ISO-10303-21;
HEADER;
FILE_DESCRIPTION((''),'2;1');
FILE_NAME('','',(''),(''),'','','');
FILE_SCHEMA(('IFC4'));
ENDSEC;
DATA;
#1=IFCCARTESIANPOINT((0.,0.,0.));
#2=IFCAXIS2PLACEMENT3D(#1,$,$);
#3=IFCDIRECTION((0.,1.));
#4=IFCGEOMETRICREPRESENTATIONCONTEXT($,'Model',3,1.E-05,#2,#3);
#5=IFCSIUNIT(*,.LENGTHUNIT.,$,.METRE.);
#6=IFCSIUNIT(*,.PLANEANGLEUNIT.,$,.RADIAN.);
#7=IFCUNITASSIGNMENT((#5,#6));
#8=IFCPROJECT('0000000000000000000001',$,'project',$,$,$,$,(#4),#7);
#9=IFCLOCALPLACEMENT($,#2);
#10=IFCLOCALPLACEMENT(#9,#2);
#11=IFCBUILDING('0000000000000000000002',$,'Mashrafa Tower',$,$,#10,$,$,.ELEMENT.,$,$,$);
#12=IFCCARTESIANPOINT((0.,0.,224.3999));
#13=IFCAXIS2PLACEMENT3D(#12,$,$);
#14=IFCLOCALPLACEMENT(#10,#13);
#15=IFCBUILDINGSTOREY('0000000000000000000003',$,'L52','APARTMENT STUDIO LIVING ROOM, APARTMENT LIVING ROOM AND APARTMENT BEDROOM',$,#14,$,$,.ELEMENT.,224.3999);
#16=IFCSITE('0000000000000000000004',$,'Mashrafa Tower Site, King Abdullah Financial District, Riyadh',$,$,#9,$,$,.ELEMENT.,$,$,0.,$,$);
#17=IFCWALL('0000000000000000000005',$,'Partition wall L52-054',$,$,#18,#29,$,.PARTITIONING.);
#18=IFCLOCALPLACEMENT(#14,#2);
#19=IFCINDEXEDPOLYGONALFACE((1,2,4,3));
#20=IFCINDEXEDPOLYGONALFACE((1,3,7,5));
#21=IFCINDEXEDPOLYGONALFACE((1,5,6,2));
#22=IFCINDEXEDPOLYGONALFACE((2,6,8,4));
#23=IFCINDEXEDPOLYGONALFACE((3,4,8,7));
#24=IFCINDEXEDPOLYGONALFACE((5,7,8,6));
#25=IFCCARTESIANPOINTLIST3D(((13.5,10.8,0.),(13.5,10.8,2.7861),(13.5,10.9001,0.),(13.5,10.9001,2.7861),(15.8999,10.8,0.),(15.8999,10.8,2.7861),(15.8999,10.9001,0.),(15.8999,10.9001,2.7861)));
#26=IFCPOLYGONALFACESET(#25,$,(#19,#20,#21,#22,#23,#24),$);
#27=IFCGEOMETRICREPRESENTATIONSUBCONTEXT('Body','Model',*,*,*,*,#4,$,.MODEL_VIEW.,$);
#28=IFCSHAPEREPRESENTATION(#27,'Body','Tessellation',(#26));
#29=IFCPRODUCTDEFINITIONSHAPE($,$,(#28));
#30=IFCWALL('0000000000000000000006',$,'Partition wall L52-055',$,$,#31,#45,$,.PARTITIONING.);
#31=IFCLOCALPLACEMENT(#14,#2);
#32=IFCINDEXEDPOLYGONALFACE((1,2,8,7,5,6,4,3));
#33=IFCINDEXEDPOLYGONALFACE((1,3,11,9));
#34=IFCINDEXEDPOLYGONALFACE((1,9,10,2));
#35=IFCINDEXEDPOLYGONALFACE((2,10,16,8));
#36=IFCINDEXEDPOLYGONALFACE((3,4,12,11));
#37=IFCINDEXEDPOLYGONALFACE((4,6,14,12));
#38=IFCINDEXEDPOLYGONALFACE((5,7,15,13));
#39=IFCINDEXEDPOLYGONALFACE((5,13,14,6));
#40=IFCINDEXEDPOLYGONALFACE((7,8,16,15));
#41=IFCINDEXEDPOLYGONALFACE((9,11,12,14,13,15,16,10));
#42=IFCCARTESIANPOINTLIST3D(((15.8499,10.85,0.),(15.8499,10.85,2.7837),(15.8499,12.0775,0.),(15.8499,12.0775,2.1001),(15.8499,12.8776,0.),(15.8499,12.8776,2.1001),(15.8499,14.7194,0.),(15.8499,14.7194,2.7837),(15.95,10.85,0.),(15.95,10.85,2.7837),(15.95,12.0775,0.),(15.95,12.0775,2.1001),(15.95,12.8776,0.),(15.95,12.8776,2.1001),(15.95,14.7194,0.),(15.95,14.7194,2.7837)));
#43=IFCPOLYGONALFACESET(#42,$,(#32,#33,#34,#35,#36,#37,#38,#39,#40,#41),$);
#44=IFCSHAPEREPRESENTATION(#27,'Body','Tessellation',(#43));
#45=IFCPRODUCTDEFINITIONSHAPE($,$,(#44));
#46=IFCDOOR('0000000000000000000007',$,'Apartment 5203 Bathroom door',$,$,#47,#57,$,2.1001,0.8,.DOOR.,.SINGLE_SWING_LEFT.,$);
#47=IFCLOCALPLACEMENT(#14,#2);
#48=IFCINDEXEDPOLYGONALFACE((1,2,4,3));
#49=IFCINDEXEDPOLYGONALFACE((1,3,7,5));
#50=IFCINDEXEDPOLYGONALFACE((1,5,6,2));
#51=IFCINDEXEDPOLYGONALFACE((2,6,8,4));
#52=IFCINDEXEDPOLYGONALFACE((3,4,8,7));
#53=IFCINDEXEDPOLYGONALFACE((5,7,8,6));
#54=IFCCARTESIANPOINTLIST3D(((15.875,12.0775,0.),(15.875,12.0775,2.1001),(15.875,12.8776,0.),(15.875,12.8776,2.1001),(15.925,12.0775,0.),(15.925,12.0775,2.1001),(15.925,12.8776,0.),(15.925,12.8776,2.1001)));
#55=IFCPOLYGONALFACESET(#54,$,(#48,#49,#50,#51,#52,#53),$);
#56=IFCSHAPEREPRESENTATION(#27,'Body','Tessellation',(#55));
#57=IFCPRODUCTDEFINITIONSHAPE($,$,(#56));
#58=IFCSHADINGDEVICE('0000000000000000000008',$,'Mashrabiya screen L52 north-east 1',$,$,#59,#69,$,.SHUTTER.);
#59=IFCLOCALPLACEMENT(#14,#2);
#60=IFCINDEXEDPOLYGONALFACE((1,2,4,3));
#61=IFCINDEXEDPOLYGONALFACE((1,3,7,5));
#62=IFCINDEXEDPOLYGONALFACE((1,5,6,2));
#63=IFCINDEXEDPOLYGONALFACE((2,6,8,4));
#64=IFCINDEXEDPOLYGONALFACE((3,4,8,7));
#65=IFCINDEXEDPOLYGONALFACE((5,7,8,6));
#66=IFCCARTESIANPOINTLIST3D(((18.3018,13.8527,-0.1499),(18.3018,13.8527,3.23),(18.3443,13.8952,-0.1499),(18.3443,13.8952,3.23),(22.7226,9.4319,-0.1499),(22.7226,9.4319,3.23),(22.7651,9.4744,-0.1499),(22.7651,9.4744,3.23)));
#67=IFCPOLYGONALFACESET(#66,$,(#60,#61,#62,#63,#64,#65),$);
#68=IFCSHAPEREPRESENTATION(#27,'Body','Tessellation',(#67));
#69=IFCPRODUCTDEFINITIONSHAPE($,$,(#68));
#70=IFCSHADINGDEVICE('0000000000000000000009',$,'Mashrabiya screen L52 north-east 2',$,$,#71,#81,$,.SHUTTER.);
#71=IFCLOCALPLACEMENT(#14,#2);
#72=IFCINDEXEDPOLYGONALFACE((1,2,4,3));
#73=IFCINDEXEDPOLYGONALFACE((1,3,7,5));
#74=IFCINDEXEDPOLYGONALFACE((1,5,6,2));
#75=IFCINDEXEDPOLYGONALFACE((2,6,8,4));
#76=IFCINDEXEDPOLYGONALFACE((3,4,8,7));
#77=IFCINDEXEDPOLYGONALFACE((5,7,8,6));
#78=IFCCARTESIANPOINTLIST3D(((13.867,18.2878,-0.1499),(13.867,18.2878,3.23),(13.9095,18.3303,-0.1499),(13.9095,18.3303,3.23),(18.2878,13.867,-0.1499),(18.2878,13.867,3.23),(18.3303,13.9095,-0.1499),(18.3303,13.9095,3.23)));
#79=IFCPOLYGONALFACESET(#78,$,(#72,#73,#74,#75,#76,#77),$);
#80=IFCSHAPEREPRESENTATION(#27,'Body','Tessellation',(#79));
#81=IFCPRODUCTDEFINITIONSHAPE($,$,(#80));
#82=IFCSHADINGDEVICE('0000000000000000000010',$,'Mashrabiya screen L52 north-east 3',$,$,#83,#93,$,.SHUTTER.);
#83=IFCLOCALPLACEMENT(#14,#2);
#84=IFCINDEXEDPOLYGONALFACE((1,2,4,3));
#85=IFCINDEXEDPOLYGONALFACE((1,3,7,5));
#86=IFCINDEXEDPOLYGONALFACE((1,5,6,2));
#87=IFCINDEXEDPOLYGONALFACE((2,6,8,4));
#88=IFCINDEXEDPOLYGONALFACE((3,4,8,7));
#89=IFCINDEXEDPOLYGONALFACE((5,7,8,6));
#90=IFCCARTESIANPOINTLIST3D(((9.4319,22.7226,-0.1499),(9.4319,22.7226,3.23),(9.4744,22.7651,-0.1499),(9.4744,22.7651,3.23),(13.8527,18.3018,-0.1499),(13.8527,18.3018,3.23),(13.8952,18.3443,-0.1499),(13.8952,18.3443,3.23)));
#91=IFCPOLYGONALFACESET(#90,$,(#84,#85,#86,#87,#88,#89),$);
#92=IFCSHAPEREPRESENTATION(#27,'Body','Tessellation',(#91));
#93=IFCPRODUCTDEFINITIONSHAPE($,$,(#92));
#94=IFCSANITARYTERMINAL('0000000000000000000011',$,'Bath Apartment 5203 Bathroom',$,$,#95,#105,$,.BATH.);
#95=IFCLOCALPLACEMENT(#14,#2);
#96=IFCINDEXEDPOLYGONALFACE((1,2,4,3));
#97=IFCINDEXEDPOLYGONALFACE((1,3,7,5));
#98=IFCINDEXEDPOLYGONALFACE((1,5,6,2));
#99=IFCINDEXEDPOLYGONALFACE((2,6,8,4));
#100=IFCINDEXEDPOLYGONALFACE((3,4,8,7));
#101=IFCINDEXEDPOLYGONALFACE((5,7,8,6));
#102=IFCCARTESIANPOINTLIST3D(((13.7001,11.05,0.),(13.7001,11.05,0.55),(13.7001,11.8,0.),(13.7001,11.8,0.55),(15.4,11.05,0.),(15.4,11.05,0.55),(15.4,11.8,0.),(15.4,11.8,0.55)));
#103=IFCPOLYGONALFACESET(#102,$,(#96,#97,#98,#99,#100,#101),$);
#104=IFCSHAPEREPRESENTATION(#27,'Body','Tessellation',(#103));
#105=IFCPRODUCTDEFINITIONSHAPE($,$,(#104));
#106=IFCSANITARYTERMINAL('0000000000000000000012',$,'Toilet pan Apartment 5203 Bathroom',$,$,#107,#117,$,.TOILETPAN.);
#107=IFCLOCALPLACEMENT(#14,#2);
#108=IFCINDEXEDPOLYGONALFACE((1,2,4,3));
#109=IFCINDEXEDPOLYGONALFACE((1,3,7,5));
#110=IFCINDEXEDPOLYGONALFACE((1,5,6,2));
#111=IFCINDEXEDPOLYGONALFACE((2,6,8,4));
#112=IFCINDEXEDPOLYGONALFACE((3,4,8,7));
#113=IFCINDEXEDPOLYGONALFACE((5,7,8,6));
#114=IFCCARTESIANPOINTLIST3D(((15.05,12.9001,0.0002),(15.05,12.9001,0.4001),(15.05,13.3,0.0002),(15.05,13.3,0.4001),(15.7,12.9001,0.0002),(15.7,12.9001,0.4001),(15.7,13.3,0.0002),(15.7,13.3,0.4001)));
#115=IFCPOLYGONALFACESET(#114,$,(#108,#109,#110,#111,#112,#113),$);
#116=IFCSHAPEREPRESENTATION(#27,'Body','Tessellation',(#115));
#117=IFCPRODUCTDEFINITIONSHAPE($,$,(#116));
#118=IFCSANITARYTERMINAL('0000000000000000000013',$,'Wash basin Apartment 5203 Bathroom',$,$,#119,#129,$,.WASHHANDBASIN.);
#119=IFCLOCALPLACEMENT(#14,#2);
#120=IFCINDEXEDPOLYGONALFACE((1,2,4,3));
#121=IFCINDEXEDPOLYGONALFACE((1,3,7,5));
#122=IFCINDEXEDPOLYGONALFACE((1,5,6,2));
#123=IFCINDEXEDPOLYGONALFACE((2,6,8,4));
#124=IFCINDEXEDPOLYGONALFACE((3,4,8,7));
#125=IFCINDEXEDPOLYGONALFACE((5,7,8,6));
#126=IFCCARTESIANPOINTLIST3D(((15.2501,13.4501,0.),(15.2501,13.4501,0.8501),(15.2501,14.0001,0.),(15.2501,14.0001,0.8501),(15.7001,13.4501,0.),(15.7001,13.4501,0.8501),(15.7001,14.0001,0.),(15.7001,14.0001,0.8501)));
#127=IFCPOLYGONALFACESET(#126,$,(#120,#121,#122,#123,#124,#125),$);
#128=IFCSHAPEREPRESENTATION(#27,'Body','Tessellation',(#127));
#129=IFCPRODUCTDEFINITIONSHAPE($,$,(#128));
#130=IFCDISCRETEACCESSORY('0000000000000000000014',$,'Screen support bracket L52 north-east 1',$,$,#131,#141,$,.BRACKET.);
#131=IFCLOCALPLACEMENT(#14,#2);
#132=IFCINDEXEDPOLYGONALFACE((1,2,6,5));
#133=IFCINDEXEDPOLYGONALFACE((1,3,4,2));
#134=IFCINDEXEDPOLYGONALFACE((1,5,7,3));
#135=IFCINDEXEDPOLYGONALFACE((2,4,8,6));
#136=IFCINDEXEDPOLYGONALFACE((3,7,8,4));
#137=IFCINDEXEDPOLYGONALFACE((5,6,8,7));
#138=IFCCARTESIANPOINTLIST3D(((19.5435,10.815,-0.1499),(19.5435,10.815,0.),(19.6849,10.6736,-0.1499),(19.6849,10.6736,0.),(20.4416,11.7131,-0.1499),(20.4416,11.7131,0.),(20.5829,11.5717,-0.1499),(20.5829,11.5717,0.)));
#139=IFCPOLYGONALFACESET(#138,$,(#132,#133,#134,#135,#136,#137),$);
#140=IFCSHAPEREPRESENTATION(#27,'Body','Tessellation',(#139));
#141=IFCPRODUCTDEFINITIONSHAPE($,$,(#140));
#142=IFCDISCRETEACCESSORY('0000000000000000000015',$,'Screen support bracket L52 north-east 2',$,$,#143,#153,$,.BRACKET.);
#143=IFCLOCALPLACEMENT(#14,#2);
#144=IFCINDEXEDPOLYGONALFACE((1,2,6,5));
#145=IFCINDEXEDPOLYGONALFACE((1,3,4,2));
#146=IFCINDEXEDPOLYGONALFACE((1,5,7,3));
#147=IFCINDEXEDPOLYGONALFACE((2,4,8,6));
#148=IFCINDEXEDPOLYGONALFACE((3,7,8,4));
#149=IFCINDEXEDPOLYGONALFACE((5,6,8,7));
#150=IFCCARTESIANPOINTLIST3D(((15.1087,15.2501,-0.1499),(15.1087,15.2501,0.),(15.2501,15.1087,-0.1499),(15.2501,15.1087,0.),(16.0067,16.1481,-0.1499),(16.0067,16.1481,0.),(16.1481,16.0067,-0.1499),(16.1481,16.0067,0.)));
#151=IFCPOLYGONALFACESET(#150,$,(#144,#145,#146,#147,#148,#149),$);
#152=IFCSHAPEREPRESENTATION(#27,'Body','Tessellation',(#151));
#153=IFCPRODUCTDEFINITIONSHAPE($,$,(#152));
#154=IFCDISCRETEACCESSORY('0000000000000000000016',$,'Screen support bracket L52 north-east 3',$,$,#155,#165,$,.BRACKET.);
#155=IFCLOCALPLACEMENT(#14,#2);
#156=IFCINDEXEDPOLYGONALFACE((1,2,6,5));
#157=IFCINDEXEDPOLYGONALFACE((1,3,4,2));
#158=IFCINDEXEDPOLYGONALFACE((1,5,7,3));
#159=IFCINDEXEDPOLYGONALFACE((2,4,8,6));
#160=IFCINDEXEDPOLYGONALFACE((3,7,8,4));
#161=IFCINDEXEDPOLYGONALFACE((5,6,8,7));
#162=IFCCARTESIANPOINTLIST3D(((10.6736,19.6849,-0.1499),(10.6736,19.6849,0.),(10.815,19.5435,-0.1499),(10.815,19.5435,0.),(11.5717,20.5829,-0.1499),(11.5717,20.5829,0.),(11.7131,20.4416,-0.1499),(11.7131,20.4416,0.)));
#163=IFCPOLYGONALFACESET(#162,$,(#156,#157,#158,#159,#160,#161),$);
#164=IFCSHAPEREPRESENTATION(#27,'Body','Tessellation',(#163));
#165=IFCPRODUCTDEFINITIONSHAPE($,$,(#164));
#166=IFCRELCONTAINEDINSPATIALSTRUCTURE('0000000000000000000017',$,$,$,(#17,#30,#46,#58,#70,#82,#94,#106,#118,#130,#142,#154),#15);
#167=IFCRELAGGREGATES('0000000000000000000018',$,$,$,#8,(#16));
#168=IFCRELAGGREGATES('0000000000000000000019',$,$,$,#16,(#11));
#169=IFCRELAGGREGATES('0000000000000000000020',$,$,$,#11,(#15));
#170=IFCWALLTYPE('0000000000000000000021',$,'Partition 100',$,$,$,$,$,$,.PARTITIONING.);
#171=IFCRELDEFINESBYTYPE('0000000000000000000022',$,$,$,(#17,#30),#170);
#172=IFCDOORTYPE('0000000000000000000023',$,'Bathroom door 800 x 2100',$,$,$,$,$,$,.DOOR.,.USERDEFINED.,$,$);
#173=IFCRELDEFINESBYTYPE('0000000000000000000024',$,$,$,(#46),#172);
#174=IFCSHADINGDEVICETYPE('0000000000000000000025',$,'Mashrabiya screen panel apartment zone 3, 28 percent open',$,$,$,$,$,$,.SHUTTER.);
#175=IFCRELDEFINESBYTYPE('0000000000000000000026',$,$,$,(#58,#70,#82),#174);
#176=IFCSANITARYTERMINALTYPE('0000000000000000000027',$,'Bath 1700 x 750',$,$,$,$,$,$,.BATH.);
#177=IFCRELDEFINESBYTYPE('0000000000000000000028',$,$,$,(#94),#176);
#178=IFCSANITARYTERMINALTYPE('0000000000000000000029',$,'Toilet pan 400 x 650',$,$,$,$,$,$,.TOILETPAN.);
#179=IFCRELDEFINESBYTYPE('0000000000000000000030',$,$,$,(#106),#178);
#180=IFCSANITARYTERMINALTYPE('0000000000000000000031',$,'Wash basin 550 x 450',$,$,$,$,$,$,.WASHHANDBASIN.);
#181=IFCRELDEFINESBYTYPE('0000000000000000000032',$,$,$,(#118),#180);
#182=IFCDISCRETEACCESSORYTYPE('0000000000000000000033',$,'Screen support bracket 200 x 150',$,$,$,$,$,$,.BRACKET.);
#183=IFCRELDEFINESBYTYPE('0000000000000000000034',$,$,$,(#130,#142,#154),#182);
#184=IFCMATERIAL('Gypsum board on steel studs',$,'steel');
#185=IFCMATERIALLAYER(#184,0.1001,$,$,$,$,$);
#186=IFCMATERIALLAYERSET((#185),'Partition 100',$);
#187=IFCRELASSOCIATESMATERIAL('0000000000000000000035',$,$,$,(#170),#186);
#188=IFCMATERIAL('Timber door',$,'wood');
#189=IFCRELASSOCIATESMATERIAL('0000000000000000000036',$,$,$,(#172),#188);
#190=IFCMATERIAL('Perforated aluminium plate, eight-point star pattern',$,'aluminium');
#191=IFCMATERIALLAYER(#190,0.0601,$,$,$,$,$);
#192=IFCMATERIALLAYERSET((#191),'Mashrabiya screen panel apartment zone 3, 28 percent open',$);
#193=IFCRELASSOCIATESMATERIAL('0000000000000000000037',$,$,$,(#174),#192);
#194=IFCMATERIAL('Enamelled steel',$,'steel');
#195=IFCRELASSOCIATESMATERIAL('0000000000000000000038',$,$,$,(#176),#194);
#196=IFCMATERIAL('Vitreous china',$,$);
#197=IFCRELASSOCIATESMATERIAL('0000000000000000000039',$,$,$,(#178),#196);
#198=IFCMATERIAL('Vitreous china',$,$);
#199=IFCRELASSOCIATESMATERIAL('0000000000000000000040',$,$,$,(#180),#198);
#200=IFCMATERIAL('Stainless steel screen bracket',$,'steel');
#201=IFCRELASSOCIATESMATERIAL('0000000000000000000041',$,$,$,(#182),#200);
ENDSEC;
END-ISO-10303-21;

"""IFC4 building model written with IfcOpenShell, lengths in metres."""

from ifc_helpers import new_model, si_unit, direction, frame, frame_2d, origin, origin_2d, place, context, subcontext, project, spatial, rectangle, extrude, source, transform, mapped, material, layer, layer_set, type_object, type_shapes, element, fill, save


model = new_model("IFC4")

# Units and contexts
model_context = context("Model", 3, precision=1e-05, world=origin(), true_north=direction((0.0, 1.0)))
body_context = subcontext(model_context, "Body", "Model", "MODEL_VIEW")
ifc_project = project(units=[si_unit("LENGTHUNIT", "METRE"), si_unit("PLANEANGLEUNIT", "RADIAN")], contexts=[model_context])

# Site, building, storey
site_placement = place(None, origin())
site = spatial("IfcSite", under=ifc_project, at=site_placement, Name="Mashrafa Tower Site, King Abdullah Financial District, Riyadh", CompositionType="ELEMENT", RefElevation=0.0)
building_placement = place(site_placement, origin())
building = spatial("IfcBuilding", under=site, at=building_placement, Name="Mashrafa Tower", CompositionType="ELEMENT")
storey_placement = place(building_placement, frame((0.0, 0.0, 224.3999)))
storey = spatial("IfcBuildingStorey", under=building, at=storey_placement, Name="L52", Description="APARTMENT STUDIO LIVING ROOM, APARTMENT LIVING ROOM AND APARTMENT BEDROOM", CompositionType="ELEMENT", Elevation=224.3999)

# Wall
ifc_material_1 = material(Name="Gypsum board on steel studs", Category="steel")
ifc_layer_1 = layer(ifc_material_1, 0.1001)
ifc_layer_set_1 = layer_set([ifc_layer_1], Name="Partition 100")
wall_type_1 = type_object("IfcWallType", Name="Partition 100", PredefinedType="PARTITIONING", material=ifc_layer_set_1)
wall_1_placement = place(storey_placement, frame((13.5, 10.8501, 0.0), z_axis=(0.0, 0.0, 1.0), x_axis=(1.0, 0.0, 0.0)))
element("IfcWall", 1, at=wall_1_placement, inside=storey, type_object=wall_type_1, Name="Partition wall L52-054", PredefinedType="PARTITIONING", context=body_context, shape_type="SweptSolid", body=[
    extrude(rectangle(XDim=2.3999, YDim=0.1001, at=frame_2d((1.2, 0.0))), origin(), (0.0, 0.0, 1.0), 2.7861),
])

# Wall, opening, door
wall_2_placement = place(storey_placement, frame((15.8999, 10.8501, 0.0), z_axis=(0.0, 0.0, 1.0), x_axis=(0.0, 1.0, 0.0)))
wall_2 = element("IfcWall", 2, at=wall_2_placement, inside=storey, type_object=wall_type_1, Name="Partition wall L52-055", PredefinedType="PARTITIONING", context=body_context, shape_type="SweptSolid", body=[
    extrude(rectangle(XDim=3.8694, YDim=0.1001, at=frame_2d((1.9346, 0.0))), origin(), (0.0, 0.0, 1.0), 2.7837),
])
opening_placement = place(wall_2_placement, frame((1.2275, 0.0, 0.0)))
opening = element("IfcOpeningElement", 3, at=opening_placement, cuts=wall_2, PredefinedType="OPENING", context=body_context, shape_type="SweptSolid", body=[
    extrude(rectangle(XDim=0.8, YDim=2.1001, at=frame_2d((0.3999, 1.05))), frame((0.0, 0.0601, 0.0), z_axis=(0.0, -1.0, 0.0), x_axis=(1.0, 0.0, 0.0)), (0.0, 0.0, 1.0), 0.1201),
])
ifc_material_2 = material(Name="Timber door", Category="wood")
door_type = type_object("IfcDoorType", Name="Bathroom door 800 x 2100", OperationType="USERDEFINED", PredefinedType="DOOR", material=ifc_material_2)
door_placement = place(opening_placement, origin())
door = element("IfcDoor", 4, at=door_placement, inside=storey, type_object=door_type, Name="Apartment 5203 Bathroom door", OperationType="SINGLE_SWING_LEFT", OverallHeight=2.1001, OverallWidth=0.8, PredefinedType="DOOR", context=body_context, shape_type="SweptSolid", body=[
    extrude(rectangle(XDim=0.8, YDim=2.1001, at=frame_2d((0.3999, 1.05))), frame((0.0, 0.0249, 0.0), z_axis=(0.0, -1.0, 0.0), x_axis=(1.0, 0.0, 0.0)), (0.0, 0.0, 1.0), 0.05),
])
fill(opening, door)

# Shading devices
ifc_material_3 = material(Name="Perforated aluminium plate, eight-point star pattern", Category="aluminium")
ifc_layer_2 = layer(ifc_material_3, 0.0601)
ifc_layer_set_2 = layer_set([ifc_layer_2], Name="Mashrabiya screen panel apartment zone 3, 28 percent open")
shading_device_type = type_object("IfcShadingDeviceType", Name="Mashrabiya screen panel apartment zone 3, 28 percent open", PredefinedType="SHUTTER", material=ifc_layer_set_2)
shared_shape_1 = source(origin(), body_context, "Body", "SweptSolid", [
    extrude(rectangle(XDim=6.252, YDim=0.0601, at=origin_2d()), origin(), (0.0, 0.0, 1.0), 3.3799),
])
type_shapes(shading_device_type, [shared_shape_1])
for number, where, z_axis, x_axis, name in (
    (5, (20.5334, 11.6636, -0.1499), (0.0, 0.0, 1.0), (-0.707107, 0.707107, 0.0), "Mashrabiya screen L52 north-east 1"),
    (6, (16.0986, 16.0986, -0.1499), (0.0, 0.0, 1.0), (-0.707107, 0.707107, 0.0), "Mashrabiya screen L52 north-east 2"),
    (7, (11.6636, 20.5334, -0.1499), (0.0, 0.0, 1.0), (-0.707107, 0.707107, 0.0), "Mashrabiya screen L52 north-east 3"),
):
    element("IfcShadingDevice", number, at=place(storey_placement, frame(where, z_axis=z_axis, x_axis=x_axis)), inside=storey, type_object=shading_device_type, Name=name, PredefinedType="SHUTTER", context=body_context, shape_type="MappedRepresentation", body=[
        mapped(shared_shape_1, transform((0.0, 0.0, 0.0))),
    ])

# Sanitary terminals
ifc_material_4 = material(Name="Enamelled steel", Category="steel")
sanitary_terminal_type_1 = type_object("IfcSanitaryTerminalType", Name="Bath 1700 x 750", PredefinedType="BATH", material=ifc_material_4)
sanitary_terminal_1_placement = place(storey_placement, frame((14.55, 11.425, 0.0), z_axis=(0.0, 0.0, 1.0), x_axis=(1.0, 0.0, 0.0)))
element("IfcSanitaryTerminal", 8, at=sanitary_terminal_1_placement, inside=storey, type_object=sanitary_terminal_type_1, Name="Bath Apartment 5203 Bathroom", PredefinedType="BATH", context=body_context, shape_type="SweptSolid", body=[
    extrude(rectangle(XDim=1.7, YDim=0.75, at=origin_2d()), origin(), (0.0, 0.0, 1.0), 0.55),
])
ifc_material_5 = material(Name="Vitreous china")
sanitary_terminal_type_2 = type_object("IfcSanitaryTerminalType", Name="Toilet pan 400 x 650", PredefinedType="TOILETPAN", material=ifc_material_5)
sanitary_terminal_2_placement = place(storey_placement, frame((15.375, 13.1001, 0.0002), z_axis=(0.0, 0.0, 1.0), x_axis=(0.0, 1.0, 0.0)))
element("IfcSanitaryTerminal", 9, at=sanitary_terminal_2_placement, inside=storey, type_object=sanitary_terminal_type_2, Name="Toilet pan Apartment 5203 Bathroom", PredefinedType="TOILETPAN", context=body_context, shape_type="SweptSolid", body=[
    extrude(rectangle(XDim=0.3999, YDim=0.6499, at=origin_2d()), origin(), (0.0, 0.0, 1.0), 0.3999),
])
ifc_material_6 = material(Name="Vitreous china")
sanitary_terminal_type_3 = type_object("IfcSanitaryTerminalType", Name="Wash basin 550 x 450", PredefinedType="WASHHANDBASIN", material=ifc_material_6)
sanitary_terminal_3_placement = place(storey_placement, frame((15.4751, 13.7251, 0.0), z_axis=(0.0, 0.0, 1.0), x_axis=(0.0, 1.0, 0.0)))
element("IfcSanitaryTerminal", 10, at=sanitary_terminal_3_placement, inside=storey, type_object=sanitary_terminal_type_3, Name="Wash basin Apartment 5203 Bathroom", PredefinedType="WASHHANDBASIN", context=body_context, shape_type="SweptSolid", body=[
    extrude(rectangle(XDim=0.55, YDim=0.45, at=origin_2d()), origin(), (0.0, 0.0, 1.0), 0.8501),
])

# Discrete accessories
ifc_material_7 = material(Name="Stainless steel screen bracket", Category="steel")
discrete_accessory_type = type_object("IfcDiscreteAccessoryType", Name="Screen support bracket 200 x 150", PredefinedType="BRACKET", material=ifc_material_7)
shared_shape_2 = source(origin(), body_context, "Body", "SweptSolid", [
    extrude(rectangle(XDim=0.2, YDim=1.27, at=origin_2d()), origin(), (0.0, 0.0, 1.0), 0.1499),
])
type_shapes(discrete_accessory_type, [shared_shape_2])
for number, where, z_axis, x_axis, name in (
    (11, (20.0632, 11.1934, -0.1499), (0.0, 0.0, 1.0), (-0.707107, 0.707107, 0.0), "Screen support bracket L52 north-east 1"),
    (12, (15.6284, 15.6284, -0.1499), (0.0, 0.0, 1.0), (-0.707107, 0.707107, 0.0), "Screen support bracket L52 north-east 2"),
    (13, (11.1934, 20.0632, -0.1499), (0.0, 0.0, 1.0), (-0.707107, 0.707107, 0.0), "Screen support bracket L52 north-east 3"),
):
    element("IfcDiscreteAccessory", number, at=place(storey_placement, frame(where, z_axis=z_axis, x_axis=x_axis)), inside=storey, type_object=discrete_accessory_type, Name=name, PredefinedType="BRACKET", context=body_context, shape_type="MappedRepresentation", body=[
        mapped(shared_shape_2, transform((0.0, 0.0, 0.0))),
    ])

save(model, "model.ifc")
